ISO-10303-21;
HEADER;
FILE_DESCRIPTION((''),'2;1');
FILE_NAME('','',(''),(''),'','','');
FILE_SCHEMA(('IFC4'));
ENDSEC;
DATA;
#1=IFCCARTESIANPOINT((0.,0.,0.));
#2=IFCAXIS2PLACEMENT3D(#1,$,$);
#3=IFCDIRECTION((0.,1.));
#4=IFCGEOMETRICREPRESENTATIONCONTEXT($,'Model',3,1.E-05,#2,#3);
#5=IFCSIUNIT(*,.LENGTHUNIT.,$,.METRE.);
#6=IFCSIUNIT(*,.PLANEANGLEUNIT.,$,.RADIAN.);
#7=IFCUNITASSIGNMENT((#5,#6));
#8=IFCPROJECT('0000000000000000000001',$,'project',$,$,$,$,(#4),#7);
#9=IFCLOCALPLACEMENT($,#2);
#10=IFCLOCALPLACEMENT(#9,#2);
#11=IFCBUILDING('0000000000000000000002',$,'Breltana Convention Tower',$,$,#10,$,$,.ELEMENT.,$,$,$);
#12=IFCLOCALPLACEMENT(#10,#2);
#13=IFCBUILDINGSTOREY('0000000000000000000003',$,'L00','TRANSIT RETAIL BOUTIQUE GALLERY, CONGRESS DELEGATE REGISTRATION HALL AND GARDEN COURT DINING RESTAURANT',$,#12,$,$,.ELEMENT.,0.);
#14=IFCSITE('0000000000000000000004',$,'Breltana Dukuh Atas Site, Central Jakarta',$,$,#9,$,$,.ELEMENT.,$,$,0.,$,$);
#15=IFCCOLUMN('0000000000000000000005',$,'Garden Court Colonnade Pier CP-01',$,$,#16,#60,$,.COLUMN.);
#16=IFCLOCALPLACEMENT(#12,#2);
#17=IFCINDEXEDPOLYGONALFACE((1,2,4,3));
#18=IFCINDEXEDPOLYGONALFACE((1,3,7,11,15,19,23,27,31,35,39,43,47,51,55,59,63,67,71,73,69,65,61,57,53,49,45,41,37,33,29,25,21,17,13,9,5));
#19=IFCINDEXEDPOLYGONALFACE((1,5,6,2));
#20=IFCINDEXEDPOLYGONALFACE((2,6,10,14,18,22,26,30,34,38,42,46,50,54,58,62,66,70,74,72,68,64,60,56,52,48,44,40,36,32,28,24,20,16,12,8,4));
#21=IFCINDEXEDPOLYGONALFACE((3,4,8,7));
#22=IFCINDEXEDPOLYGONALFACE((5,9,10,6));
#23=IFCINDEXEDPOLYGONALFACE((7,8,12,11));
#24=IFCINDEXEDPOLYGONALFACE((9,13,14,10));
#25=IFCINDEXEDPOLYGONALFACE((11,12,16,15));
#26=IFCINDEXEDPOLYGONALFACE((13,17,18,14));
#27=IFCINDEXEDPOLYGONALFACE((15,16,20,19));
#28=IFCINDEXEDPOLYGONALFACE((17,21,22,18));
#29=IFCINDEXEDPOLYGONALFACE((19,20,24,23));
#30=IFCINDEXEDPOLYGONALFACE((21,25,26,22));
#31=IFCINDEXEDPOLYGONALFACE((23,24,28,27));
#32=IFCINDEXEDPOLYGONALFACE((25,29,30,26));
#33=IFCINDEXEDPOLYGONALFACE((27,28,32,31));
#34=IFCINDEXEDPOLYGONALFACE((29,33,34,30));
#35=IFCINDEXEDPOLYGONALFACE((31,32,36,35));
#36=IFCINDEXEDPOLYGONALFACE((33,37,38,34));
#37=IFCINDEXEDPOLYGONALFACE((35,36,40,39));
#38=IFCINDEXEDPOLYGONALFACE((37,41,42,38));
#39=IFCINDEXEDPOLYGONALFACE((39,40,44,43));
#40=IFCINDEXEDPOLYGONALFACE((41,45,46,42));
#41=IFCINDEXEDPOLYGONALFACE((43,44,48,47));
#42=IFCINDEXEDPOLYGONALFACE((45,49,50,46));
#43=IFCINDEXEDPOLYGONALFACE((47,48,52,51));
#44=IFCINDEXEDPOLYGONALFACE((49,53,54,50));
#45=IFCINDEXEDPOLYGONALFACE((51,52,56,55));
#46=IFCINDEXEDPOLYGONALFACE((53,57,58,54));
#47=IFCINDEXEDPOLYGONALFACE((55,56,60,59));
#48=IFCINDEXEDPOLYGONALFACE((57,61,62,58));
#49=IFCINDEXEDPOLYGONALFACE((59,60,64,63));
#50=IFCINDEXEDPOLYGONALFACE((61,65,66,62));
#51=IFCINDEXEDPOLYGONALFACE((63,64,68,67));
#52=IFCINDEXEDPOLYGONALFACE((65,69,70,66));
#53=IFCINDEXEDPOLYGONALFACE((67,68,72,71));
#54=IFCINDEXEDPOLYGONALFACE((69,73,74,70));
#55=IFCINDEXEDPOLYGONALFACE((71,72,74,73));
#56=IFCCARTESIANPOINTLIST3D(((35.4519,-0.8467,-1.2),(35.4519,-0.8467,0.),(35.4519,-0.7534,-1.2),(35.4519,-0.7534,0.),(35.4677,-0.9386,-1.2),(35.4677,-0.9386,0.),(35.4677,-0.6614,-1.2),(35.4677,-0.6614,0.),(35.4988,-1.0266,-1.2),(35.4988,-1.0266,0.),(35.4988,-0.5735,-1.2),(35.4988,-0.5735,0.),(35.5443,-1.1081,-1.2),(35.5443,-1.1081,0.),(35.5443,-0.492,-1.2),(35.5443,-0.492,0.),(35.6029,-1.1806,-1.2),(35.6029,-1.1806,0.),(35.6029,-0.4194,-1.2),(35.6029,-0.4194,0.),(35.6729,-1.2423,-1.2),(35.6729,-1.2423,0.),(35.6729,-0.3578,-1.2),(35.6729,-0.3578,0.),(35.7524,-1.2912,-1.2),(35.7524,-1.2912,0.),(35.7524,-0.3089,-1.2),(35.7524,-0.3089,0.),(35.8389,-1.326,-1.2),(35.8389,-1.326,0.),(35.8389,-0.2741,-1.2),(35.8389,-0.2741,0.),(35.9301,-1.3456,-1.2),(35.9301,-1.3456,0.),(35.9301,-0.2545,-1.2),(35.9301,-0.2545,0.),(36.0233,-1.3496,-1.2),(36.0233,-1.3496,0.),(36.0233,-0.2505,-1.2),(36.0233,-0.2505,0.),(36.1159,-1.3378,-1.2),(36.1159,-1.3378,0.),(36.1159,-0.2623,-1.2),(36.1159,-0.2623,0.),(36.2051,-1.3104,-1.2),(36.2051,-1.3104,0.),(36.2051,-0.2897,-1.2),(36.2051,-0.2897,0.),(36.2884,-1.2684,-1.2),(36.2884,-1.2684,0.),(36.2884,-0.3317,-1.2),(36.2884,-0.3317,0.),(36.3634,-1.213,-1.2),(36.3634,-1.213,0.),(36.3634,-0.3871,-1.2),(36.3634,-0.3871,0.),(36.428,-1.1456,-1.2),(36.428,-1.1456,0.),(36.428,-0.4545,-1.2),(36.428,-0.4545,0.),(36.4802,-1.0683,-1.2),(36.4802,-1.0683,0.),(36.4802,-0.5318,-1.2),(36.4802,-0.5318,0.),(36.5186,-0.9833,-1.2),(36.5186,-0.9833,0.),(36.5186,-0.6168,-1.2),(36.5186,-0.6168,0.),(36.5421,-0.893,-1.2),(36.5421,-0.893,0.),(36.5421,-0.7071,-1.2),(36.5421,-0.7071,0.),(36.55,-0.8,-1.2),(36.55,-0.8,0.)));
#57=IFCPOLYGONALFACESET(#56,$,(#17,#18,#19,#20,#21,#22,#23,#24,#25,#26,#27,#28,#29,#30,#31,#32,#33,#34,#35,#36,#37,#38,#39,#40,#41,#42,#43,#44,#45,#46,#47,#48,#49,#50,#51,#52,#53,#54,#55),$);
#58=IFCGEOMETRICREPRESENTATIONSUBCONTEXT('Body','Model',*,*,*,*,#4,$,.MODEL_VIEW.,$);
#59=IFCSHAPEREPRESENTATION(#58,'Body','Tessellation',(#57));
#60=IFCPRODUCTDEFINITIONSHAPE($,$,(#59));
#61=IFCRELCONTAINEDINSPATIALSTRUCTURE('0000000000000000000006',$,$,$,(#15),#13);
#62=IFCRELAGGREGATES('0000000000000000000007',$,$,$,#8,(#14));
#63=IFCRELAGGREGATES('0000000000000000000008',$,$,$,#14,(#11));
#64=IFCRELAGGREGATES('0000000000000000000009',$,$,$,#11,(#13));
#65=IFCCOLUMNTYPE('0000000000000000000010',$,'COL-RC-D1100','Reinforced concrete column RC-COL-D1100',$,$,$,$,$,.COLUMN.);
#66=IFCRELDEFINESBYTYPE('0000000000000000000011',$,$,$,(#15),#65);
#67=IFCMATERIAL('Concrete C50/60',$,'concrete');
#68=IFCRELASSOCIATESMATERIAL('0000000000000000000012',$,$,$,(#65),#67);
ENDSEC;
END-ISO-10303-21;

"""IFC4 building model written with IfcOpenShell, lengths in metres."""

from ifc_helpers import new_model, si_unit, direction, frame, origin, origin_2d, place, context, subcontext, project, spatial, circle, extrude, source, transform, mapped, material, material_profile, profile_set, type_object, type_shapes, element, save


model = new_model("IFC4")

# Units and contexts
model_context = context("Model", 3, precision=1e-05, world=origin(), true_north=direction((0.0, 1.0)))
body_context = subcontext(model_context, "Body", "Model", "MODEL_VIEW")
ifc_project = project(units=[si_unit("LENGTHUNIT", "METRE"), si_unit("PLANEANGLEUNIT", "RADIAN")], contexts=[model_context])

# Site, building, storey
site_placement = place(None, origin())
site = spatial("IfcSite", under=ifc_project, at=site_placement, Name="Breltana Dukuh Atas Site, Central Jakarta", CompositionType="ELEMENT", RefElevation=0.0)
building_placement = place(site_placement, origin())
building = spatial("IfcBuilding", under=site, at=building_placement, Name="Breltana Convention Tower", CompositionType="ELEMENT")
storey_placement = place(building_placement, origin())
storey = spatial("IfcBuildingStorey", under=building, at=storey_placement, Name="L00", Description="TRANSIT RETAIL BOUTIQUE GALLERY, CONGRESS DELEGATE REGISTRATION HALL AND GARDEN COURT DINING RESTAURANT", CompositionType="ELEMENT", Elevation=0.0)

# Shared definitions
ifc_material_1 = material(Name="Concrete C50/60", Category="concrete")

# Column
ifc_material_profile_1 = material_profile(ifc_material_1, circle(Radius=0.55, at=origin_2d()), Name="RC-COL-D1100")
ifc_profile_set_1 = profile_set([ifc_material_profile_1], Name="Concrete C50/60")
column_type = type_object("IfcColumnType", Name="COL-RC-D1100", Description="Reinforced concrete column RC-COL-D1100", PredefinedType="COLUMN", material=ifc_profile_set_1)
shared_shape_1 = source(origin(), body_context, "Body", "SweptSolid", [
    extrude(circle(Radius=0.55, at=origin_2d()), origin(), (0.0, 0.0, 1.0), 1.2),
])
type_shapes(column_type, [shared_shape_1])
column_placement = place(storey_placement, frame((36.0, -0.8, -1.2), z_axis=(0.0, 0.0, 1.0), x_axis=(1.0, 0.0, 0.0)))
element("IfcColumn", 1, at=column_placement, inside=storey, type_object=column_type, Name="Garden Court Colonnade Pier CP-01", PredefinedType="COLUMN", context=body_context, shape_type="MappedRepresentation", body=[
    mapped(shared_shape_1, transform((0.0, 0.0, 0.0), scale=1.0)),
])

save(model, "model.ifc")
